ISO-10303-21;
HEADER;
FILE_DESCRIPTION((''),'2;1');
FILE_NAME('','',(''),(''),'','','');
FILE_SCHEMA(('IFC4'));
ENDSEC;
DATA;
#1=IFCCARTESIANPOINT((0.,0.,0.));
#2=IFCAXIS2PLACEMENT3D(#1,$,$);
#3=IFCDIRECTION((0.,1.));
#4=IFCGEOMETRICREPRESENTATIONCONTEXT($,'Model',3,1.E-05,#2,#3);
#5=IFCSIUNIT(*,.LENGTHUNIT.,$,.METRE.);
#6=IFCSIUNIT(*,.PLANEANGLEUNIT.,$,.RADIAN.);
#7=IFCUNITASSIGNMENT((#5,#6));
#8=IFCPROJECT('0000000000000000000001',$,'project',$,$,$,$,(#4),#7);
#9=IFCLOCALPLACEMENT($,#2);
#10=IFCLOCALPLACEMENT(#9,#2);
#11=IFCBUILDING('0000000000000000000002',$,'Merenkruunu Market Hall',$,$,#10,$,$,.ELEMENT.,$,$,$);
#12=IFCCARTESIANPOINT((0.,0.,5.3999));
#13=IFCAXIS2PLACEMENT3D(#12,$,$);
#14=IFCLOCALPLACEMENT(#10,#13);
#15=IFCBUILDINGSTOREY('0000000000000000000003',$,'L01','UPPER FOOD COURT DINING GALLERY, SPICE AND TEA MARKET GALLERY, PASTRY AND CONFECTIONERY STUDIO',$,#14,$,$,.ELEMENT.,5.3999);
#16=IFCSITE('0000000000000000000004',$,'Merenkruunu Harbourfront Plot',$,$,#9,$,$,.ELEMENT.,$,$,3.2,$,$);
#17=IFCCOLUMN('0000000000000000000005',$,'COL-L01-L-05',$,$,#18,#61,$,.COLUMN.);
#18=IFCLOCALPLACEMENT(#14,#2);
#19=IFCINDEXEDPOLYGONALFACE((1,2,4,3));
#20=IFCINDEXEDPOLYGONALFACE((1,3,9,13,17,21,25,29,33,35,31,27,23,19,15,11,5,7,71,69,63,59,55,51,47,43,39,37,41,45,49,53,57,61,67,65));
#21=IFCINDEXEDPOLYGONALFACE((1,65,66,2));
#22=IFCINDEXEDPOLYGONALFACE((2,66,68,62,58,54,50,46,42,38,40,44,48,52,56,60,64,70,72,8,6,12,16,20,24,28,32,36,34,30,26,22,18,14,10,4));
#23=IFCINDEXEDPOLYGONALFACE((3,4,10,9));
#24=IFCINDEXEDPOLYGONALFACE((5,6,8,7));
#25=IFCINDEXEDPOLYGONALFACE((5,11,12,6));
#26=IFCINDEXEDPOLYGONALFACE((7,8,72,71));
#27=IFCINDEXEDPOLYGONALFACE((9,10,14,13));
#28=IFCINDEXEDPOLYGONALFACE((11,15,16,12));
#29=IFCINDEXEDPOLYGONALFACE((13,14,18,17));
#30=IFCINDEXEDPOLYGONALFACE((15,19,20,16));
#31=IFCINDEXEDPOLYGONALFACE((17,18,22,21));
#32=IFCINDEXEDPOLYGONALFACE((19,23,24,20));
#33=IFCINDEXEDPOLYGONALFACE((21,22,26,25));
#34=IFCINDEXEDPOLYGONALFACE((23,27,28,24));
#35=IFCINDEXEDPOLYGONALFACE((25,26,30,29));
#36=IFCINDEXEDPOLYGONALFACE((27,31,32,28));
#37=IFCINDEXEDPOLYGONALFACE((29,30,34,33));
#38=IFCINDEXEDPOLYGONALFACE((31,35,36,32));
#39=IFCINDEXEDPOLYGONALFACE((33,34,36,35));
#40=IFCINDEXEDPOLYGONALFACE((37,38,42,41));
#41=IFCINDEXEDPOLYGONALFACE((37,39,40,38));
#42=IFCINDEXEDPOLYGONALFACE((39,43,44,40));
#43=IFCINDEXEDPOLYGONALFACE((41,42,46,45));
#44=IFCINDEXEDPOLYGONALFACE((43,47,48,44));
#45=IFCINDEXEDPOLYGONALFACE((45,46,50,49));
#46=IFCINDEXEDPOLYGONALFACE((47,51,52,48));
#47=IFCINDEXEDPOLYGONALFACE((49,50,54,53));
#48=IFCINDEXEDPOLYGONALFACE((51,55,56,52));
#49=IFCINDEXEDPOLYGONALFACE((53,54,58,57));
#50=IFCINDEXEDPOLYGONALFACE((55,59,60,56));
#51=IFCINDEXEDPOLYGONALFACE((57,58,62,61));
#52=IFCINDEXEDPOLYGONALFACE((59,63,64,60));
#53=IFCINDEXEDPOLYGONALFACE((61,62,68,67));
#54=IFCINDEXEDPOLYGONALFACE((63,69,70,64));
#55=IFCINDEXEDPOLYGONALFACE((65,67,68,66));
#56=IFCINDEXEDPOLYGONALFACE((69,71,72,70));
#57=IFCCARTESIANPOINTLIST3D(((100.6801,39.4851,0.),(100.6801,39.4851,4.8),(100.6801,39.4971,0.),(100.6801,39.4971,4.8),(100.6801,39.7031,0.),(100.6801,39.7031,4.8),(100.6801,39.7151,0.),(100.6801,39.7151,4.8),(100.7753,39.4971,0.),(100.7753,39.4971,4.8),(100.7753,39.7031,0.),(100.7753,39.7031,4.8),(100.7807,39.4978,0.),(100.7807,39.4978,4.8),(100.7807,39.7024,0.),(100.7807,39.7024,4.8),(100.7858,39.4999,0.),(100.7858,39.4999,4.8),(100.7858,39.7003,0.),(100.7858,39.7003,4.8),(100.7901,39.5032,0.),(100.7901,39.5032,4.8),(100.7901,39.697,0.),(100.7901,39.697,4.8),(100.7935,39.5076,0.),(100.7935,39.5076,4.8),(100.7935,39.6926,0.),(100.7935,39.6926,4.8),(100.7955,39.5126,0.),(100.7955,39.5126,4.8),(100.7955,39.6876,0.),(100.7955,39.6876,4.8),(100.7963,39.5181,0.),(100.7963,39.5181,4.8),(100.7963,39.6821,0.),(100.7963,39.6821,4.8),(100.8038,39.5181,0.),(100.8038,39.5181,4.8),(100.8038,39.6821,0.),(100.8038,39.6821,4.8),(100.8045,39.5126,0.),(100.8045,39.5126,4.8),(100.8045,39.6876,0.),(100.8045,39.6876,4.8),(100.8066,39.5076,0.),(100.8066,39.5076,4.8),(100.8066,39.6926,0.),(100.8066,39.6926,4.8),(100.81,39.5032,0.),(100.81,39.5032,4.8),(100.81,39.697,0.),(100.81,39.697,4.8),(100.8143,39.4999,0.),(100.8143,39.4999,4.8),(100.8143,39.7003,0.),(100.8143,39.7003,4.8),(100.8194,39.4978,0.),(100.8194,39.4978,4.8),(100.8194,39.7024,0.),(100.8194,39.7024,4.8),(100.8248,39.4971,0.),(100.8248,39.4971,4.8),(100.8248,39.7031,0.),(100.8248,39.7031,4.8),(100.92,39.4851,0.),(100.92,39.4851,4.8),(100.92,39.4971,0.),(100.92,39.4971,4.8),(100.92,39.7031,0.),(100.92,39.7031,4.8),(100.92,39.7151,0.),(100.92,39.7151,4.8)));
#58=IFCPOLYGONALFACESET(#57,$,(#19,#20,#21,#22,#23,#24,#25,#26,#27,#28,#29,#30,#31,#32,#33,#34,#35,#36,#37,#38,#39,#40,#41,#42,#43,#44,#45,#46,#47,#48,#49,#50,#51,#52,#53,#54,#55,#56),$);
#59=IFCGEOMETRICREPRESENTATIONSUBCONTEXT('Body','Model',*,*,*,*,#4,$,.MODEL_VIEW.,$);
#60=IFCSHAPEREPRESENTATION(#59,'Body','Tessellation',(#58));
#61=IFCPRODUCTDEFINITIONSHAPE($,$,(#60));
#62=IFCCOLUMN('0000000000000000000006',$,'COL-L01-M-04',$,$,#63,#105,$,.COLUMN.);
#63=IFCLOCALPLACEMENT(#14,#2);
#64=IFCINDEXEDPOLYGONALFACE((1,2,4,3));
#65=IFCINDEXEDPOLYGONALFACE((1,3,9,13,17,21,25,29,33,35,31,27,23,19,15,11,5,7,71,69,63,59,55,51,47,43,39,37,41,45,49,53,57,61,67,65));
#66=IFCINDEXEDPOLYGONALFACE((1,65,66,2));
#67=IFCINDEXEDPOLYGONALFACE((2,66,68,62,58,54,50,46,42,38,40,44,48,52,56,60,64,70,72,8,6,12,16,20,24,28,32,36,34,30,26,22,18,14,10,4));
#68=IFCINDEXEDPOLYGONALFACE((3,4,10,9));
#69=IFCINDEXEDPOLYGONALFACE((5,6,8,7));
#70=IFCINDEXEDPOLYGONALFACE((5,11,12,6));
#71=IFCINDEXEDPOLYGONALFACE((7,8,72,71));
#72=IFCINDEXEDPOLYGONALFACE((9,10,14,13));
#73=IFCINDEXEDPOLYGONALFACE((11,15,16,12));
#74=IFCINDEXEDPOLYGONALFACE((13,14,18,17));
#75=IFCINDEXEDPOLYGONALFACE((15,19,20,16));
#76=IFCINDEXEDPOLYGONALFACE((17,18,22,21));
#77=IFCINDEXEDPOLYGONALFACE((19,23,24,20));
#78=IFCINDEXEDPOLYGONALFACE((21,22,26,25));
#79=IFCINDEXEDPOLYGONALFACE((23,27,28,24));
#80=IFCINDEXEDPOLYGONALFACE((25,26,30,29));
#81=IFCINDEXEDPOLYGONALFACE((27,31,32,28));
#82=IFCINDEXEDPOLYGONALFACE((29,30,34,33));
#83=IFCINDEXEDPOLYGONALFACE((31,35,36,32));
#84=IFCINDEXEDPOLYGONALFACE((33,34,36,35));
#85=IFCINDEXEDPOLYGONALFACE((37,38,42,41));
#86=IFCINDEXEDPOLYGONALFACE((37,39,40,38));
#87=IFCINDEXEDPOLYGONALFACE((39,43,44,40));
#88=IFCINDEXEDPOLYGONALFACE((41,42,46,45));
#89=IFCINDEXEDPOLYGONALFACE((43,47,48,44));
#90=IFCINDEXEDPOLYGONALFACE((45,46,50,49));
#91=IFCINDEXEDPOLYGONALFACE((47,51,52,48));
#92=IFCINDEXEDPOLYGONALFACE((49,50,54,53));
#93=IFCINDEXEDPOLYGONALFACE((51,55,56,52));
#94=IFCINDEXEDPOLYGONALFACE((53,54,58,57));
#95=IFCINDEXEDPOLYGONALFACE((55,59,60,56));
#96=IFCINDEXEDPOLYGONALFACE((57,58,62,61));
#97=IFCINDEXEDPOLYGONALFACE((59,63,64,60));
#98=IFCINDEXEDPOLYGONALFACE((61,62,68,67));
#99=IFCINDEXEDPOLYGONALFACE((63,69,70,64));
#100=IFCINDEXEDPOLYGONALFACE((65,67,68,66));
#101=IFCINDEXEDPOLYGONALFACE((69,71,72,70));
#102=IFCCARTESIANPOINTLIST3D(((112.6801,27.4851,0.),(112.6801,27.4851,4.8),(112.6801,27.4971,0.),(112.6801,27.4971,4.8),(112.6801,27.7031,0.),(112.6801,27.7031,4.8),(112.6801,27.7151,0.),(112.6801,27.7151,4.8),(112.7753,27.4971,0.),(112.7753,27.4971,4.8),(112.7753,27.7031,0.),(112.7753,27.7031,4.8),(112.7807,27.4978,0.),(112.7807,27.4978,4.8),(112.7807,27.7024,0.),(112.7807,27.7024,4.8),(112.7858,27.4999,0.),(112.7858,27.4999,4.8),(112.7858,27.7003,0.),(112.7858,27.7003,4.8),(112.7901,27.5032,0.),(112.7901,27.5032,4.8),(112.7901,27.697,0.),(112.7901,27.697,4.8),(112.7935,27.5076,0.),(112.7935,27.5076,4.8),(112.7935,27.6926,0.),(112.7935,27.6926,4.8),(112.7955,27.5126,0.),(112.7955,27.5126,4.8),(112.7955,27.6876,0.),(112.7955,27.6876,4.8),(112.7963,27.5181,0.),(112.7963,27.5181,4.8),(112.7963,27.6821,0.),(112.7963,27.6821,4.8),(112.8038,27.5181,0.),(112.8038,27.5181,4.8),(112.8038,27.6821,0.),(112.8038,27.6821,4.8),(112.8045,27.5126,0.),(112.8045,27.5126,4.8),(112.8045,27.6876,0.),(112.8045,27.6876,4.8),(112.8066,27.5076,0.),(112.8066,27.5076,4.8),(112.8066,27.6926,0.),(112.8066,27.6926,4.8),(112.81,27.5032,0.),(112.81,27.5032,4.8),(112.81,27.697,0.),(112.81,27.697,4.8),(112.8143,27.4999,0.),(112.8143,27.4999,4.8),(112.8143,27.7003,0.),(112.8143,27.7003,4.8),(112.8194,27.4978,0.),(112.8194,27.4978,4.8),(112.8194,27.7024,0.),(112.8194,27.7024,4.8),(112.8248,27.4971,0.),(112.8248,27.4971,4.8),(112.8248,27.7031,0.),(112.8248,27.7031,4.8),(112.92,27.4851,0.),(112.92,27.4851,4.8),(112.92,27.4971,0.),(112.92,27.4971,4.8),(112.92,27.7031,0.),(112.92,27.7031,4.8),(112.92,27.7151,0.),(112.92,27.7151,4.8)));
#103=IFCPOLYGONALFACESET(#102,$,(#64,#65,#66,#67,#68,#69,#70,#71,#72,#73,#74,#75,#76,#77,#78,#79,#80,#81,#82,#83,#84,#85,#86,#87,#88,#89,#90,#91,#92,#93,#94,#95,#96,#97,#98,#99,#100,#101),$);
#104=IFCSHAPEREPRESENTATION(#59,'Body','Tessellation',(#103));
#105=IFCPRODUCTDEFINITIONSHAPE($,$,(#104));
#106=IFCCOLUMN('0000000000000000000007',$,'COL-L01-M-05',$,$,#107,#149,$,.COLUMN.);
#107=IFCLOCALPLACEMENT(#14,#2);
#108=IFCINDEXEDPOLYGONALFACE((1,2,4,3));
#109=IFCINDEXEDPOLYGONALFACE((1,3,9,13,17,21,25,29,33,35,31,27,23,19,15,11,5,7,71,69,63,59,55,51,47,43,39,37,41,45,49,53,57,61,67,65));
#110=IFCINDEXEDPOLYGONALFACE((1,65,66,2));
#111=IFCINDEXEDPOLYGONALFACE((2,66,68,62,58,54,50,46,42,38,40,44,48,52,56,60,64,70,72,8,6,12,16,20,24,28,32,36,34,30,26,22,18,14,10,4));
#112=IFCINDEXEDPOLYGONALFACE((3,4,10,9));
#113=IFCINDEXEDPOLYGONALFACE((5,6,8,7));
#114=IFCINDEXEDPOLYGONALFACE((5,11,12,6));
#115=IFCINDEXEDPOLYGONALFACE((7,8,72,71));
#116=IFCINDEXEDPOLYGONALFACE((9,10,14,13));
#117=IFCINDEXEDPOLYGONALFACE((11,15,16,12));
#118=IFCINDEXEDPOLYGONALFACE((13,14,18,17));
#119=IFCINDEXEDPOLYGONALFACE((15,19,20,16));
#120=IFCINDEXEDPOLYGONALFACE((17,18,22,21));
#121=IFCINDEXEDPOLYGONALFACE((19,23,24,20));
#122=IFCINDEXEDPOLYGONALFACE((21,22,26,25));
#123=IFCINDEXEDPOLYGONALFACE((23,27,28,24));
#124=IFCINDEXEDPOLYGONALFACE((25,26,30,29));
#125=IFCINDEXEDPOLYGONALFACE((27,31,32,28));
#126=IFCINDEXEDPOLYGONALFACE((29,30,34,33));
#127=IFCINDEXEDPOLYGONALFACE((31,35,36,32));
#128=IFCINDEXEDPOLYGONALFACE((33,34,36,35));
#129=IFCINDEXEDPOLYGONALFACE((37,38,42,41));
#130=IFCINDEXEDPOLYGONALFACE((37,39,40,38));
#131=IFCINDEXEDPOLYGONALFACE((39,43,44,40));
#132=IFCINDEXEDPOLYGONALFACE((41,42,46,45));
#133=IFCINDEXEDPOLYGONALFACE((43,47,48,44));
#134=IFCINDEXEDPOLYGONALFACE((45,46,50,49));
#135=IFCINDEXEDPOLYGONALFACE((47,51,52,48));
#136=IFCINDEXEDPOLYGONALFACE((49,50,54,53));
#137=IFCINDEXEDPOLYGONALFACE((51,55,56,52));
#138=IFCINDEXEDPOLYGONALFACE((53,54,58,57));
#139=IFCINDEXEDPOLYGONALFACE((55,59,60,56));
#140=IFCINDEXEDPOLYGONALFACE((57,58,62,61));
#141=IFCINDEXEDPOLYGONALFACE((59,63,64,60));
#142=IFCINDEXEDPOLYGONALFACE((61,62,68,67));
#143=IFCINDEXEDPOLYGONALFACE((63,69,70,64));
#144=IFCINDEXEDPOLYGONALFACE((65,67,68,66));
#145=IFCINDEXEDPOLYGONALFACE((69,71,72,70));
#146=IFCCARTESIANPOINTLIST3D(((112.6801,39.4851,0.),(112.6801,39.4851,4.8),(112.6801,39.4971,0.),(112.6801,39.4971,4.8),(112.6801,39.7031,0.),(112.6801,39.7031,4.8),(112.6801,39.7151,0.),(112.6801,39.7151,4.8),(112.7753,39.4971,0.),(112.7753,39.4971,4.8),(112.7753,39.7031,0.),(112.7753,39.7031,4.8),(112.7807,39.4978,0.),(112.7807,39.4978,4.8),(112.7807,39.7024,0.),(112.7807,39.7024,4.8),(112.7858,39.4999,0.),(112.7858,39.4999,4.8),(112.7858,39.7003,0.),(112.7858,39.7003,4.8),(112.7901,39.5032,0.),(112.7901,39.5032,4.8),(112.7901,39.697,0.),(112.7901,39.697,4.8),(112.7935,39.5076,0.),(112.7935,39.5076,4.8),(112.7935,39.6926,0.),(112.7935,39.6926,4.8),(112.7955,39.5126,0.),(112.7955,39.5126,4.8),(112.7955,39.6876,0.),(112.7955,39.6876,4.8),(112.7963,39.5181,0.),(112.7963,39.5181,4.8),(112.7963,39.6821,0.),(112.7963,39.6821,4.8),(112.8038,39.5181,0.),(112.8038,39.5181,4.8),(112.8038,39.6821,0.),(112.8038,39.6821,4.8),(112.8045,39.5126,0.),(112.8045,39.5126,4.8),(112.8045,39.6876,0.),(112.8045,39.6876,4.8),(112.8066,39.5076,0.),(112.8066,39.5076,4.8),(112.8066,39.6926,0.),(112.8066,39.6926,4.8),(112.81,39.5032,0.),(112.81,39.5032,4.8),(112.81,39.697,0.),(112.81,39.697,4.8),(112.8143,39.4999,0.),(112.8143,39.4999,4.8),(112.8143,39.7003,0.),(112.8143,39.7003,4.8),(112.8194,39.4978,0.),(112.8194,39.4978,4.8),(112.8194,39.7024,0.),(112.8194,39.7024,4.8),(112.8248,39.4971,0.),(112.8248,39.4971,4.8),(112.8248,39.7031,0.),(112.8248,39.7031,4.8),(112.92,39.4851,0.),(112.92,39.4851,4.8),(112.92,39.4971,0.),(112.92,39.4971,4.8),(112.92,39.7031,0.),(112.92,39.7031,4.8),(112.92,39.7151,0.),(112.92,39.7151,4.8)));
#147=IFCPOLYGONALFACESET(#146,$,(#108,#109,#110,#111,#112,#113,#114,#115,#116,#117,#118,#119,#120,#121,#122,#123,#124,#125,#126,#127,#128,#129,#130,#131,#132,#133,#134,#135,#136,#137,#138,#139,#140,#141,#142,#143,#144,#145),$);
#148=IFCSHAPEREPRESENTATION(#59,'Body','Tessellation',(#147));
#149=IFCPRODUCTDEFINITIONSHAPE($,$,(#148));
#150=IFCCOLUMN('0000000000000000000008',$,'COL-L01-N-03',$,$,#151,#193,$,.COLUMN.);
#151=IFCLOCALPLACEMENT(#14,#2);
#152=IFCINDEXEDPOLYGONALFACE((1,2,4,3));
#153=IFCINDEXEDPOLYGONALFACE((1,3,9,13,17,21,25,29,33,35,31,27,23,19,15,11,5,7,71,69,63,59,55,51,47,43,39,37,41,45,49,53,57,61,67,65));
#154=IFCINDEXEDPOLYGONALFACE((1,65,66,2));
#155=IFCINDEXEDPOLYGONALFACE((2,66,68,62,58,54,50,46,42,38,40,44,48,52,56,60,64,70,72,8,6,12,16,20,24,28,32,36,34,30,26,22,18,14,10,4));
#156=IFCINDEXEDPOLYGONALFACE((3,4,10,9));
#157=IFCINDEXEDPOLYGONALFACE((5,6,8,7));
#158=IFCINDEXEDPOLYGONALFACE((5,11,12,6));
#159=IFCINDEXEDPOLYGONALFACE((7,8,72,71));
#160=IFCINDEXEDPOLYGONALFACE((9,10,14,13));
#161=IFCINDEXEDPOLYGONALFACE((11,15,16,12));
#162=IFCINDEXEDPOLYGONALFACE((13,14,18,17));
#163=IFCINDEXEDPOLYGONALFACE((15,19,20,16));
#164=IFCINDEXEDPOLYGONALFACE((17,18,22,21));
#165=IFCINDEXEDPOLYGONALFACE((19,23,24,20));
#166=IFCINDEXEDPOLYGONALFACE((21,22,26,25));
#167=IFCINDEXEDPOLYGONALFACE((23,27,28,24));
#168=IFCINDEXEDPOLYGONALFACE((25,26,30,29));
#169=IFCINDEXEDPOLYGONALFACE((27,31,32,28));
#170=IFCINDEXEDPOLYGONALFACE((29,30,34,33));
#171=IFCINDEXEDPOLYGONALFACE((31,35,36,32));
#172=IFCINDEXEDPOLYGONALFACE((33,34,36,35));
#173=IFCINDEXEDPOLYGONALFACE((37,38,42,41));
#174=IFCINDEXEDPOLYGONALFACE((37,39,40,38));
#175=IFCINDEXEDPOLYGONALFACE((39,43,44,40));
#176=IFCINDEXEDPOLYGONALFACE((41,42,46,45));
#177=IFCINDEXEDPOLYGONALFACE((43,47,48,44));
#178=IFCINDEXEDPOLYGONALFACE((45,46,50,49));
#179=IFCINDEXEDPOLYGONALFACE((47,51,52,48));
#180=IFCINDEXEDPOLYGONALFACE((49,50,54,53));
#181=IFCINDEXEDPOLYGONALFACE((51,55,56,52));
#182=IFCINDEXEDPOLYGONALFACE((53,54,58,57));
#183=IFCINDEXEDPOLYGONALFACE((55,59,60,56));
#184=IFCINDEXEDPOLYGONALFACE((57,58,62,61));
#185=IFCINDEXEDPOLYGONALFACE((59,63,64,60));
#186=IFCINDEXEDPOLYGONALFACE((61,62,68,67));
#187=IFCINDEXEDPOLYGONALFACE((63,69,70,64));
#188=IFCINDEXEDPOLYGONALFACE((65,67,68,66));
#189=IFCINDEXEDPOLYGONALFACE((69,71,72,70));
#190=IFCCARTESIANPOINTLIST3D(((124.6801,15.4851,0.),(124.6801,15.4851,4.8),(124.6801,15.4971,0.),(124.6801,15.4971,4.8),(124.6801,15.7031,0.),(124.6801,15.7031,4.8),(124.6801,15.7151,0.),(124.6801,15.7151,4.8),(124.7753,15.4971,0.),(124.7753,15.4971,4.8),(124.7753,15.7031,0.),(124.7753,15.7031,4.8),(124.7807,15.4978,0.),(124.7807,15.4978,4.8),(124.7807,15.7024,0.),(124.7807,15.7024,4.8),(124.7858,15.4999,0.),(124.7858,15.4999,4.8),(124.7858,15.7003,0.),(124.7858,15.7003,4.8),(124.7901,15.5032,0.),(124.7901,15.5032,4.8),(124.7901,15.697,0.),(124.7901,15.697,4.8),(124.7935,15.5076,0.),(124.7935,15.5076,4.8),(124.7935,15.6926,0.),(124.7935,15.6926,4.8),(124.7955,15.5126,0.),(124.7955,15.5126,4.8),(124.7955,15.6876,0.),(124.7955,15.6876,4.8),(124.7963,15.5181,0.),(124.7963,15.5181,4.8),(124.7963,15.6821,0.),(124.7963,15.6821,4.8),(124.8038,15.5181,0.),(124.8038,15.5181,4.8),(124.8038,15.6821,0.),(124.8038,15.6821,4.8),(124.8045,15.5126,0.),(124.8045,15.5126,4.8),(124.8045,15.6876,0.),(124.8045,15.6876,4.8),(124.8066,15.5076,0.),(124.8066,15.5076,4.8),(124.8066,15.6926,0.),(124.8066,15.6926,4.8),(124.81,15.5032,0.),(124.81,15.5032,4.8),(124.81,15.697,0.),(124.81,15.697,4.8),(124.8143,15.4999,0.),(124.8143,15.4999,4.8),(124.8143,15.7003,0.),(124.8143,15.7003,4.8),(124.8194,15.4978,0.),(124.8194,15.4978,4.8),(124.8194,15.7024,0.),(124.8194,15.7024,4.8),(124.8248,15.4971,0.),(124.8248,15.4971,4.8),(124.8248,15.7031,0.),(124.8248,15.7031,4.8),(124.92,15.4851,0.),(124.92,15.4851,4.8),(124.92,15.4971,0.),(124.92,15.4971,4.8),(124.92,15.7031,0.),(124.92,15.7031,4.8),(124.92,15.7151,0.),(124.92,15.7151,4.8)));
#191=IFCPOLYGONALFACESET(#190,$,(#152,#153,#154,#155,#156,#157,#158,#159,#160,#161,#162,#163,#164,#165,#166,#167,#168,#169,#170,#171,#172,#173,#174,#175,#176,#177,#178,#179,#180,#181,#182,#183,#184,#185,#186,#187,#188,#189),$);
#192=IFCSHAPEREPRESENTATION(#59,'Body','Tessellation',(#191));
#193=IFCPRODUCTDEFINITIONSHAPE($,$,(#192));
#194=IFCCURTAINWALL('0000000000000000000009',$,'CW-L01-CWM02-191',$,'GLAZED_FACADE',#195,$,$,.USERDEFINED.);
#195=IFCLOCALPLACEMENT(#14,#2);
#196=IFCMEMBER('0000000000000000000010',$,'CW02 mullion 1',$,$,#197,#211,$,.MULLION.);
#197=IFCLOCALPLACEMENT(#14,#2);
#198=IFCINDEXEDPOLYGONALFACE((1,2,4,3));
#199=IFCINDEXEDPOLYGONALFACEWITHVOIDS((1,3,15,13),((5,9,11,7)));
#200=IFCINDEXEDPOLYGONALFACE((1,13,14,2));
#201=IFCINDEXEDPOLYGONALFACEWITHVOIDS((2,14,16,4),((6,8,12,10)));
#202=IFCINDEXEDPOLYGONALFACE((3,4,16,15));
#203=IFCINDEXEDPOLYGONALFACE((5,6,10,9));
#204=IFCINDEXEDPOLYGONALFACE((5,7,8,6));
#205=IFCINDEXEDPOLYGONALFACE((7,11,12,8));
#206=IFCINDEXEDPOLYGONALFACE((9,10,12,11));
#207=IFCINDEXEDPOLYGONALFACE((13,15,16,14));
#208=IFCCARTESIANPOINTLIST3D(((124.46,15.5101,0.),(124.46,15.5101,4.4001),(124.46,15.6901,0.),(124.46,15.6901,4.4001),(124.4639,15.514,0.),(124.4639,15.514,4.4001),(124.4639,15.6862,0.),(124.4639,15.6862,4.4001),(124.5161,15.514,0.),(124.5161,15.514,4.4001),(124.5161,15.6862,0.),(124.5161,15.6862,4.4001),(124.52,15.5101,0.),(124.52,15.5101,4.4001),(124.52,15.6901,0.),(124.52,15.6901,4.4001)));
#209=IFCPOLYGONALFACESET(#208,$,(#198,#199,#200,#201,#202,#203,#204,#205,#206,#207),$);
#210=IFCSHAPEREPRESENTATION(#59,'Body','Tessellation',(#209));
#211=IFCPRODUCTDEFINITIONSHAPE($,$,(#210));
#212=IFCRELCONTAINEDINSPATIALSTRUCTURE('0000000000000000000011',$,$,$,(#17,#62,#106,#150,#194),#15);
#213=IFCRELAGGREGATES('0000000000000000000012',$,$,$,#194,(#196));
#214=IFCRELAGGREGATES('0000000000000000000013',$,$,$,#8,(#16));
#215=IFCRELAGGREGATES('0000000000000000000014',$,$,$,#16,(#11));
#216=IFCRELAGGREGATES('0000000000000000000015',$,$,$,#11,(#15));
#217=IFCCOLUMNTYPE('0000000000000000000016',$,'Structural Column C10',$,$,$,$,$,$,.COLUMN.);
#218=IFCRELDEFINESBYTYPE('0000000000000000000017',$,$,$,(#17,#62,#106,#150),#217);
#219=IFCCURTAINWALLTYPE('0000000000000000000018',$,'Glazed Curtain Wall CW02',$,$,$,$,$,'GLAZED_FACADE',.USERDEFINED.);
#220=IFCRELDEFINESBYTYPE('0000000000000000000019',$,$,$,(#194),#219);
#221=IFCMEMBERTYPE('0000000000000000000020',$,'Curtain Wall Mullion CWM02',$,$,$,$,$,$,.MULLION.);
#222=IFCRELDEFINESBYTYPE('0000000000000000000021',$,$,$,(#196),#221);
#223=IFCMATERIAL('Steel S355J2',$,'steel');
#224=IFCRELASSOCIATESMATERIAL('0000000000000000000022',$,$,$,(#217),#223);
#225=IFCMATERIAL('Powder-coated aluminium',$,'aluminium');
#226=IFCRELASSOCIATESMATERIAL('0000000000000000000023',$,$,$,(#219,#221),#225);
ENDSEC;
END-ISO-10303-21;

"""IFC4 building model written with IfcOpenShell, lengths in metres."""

from ifc_helpers import new_model, si_unit, direction, frame, origin, origin_2d, place, context, subcontext, project, spatial, hollow_rectangle, i_section, extrude, material, material_profile, profile_set, type_object, element, aggregate, save


model = new_model("IFC4")

# Units and contexts
model_context = context("Model", 3, precision=1e-05, world=origin(), true_north=direction((0.0, 1.0)))
body_context = subcontext(model_context, "Body", "Model", "MODEL_VIEW")
ifc_project = project(units=[si_unit("LENGTHUNIT", "METRE"), si_unit("PLANEANGLEUNIT", "RADIAN")], contexts=[model_context])

# Site, building, storey
site_placement = place(None, origin())
site = spatial("IfcSite", under=ifc_project, at=site_placement, Name="Merenkruunu Harbourfront Plot", CompositionType="ELEMENT", RefElevation=3.2)
building_placement = place(site_placement, origin())
building = spatial("IfcBuilding", under=site, at=building_placement, Name="Merenkruunu Market Hall", CompositionType="ELEMENT")
storey_placement = place(building_placement, frame((0.0, 0.0, 5.3999)))
storey = spatial("IfcBuildingStorey", under=building, at=storey_placement, Name="L01", Description="UPPER FOOD COURT DINING GALLERY, SPICE AND TEA MARKET GALLERY, PASTRY AND CONFECTIONERY STUDIO", CompositionType="ELEMENT", Elevation=5.3999)

# Columns
ifc_material_1 = material(Name="Steel S355J2", Category="steel")
ifc_material_profile_1 = material_profile(ifc_material_1, i_section(OverallWidth=0.24, OverallDepth=0.23, WebThickness=0.0076, FlangeThickness=0.012, FilletRadius=0.021, at=origin_2d()), Name="HEA 240")
ifc_profile_set_1 = profile_set([ifc_material_profile_1], Name="Steel S355J2")
column_type = type_object("IfcColumnType", Name="Structural Column C10", PredefinedType="COLUMN", material=ifc_profile_set_1)
for number, where, z_axis, x_axis, name in (
    (1, (100.8, 39.6001, 0.0), (0.0, 0.0, 1.0), (1.0, 0.0, 0.0), "COL-L01-L-05"),
    (2, (112.8, 27.6001, 0.0), (0.0, 0.0, 1.0), (1.0, 0.0, 0.0), "COL-L01-M-04"),
    (3, (112.8, 39.6001, 0.0), (0.0, 0.0, 1.0), (1.0, 0.0, 0.0), "COL-L01-M-05"),
    (4, (124.8, 15.6001, 0.0), (0.0, 0.0, 1.0), (1.0, 0.0, 0.0), "COL-L01-N-03"),
):
    element("IfcColumn", number, at=place(storey_placement, frame(where, z_axis=z_axis, x_axis=x_axis)), inside=storey, type_object=column_type, Name=name, PredefinedType="COLUMN", context=body_context, shape_type="SweptSolid", body=[
        extrude(i_section(OverallWidth=0.24, OverallDepth=0.23, WebThickness=0.0076, FlangeThickness=0.012, FilletRadius=0.021, at=origin_2d()), origin(), (0.0, 0.0, 1.0), 4.8),
    ])

# Curtain wall, member
ifc_material_2 = material(Name="Powder-coated aluminium", Category="aluminium")
curtain_wall_type = type_object("IfcCurtainWallType", Name="Glazed Curtain Wall CW02", ElementType="GLAZED_FACADE", PredefinedType="USERDEFINED", material=ifc_material_2)
curtain_wall_placement = place(storey_placement, origin())
curtain_wall = element("IfcCurtainWall", 5, at=curtain_wall_placement, inside=storey, type_object=curtain_wall_type, Name="CW-L01-CWM02-191", ObjectType="GLAZED_FACADE", PredefinedType="USERDEFINED")
ifc_material_profile_2 = material_profile(ifc_material_2, hollow_rectangle(XDim=0.0601, YDim=0.1799, WallThickness=0.0039, at=origin_2d()), Name="ALU 60x180x4")
ifc_profile_set_2 = profile_set([ifc_material_profile_2], Name="Powder-coated aluminium")
member_type_1 = type_object("IfcMemberType", Name="Curtain Wall Mullion CWM02", PredefinedType="MULLION", material=ifc_profile_set_2)
member_1_placement = place(storey_placement, frame((124.49, 15.6001, 0.0), z_axis=(0.0, 0.0, 1.0), x_axis=(-1.0, 0.0, 0.0)))
member_1 = element("IfcMember", 6, at=member_1_placement, type_object=member_type_1, Name="CW02 mullion 1", PredefinedType="MULLION", context=body_context, shape_type="SweptSolid", body=[
    extrude(hollow_rectangle(XDim=0.0601, YDim=0.1799, WallThickness=0.0039, at=origin_2d()), origin(), (0.0, 0.0, 1.0), 4.4001),
])

aggregate(curtain_wall, [member_1])

save(model, "model.ifc")
